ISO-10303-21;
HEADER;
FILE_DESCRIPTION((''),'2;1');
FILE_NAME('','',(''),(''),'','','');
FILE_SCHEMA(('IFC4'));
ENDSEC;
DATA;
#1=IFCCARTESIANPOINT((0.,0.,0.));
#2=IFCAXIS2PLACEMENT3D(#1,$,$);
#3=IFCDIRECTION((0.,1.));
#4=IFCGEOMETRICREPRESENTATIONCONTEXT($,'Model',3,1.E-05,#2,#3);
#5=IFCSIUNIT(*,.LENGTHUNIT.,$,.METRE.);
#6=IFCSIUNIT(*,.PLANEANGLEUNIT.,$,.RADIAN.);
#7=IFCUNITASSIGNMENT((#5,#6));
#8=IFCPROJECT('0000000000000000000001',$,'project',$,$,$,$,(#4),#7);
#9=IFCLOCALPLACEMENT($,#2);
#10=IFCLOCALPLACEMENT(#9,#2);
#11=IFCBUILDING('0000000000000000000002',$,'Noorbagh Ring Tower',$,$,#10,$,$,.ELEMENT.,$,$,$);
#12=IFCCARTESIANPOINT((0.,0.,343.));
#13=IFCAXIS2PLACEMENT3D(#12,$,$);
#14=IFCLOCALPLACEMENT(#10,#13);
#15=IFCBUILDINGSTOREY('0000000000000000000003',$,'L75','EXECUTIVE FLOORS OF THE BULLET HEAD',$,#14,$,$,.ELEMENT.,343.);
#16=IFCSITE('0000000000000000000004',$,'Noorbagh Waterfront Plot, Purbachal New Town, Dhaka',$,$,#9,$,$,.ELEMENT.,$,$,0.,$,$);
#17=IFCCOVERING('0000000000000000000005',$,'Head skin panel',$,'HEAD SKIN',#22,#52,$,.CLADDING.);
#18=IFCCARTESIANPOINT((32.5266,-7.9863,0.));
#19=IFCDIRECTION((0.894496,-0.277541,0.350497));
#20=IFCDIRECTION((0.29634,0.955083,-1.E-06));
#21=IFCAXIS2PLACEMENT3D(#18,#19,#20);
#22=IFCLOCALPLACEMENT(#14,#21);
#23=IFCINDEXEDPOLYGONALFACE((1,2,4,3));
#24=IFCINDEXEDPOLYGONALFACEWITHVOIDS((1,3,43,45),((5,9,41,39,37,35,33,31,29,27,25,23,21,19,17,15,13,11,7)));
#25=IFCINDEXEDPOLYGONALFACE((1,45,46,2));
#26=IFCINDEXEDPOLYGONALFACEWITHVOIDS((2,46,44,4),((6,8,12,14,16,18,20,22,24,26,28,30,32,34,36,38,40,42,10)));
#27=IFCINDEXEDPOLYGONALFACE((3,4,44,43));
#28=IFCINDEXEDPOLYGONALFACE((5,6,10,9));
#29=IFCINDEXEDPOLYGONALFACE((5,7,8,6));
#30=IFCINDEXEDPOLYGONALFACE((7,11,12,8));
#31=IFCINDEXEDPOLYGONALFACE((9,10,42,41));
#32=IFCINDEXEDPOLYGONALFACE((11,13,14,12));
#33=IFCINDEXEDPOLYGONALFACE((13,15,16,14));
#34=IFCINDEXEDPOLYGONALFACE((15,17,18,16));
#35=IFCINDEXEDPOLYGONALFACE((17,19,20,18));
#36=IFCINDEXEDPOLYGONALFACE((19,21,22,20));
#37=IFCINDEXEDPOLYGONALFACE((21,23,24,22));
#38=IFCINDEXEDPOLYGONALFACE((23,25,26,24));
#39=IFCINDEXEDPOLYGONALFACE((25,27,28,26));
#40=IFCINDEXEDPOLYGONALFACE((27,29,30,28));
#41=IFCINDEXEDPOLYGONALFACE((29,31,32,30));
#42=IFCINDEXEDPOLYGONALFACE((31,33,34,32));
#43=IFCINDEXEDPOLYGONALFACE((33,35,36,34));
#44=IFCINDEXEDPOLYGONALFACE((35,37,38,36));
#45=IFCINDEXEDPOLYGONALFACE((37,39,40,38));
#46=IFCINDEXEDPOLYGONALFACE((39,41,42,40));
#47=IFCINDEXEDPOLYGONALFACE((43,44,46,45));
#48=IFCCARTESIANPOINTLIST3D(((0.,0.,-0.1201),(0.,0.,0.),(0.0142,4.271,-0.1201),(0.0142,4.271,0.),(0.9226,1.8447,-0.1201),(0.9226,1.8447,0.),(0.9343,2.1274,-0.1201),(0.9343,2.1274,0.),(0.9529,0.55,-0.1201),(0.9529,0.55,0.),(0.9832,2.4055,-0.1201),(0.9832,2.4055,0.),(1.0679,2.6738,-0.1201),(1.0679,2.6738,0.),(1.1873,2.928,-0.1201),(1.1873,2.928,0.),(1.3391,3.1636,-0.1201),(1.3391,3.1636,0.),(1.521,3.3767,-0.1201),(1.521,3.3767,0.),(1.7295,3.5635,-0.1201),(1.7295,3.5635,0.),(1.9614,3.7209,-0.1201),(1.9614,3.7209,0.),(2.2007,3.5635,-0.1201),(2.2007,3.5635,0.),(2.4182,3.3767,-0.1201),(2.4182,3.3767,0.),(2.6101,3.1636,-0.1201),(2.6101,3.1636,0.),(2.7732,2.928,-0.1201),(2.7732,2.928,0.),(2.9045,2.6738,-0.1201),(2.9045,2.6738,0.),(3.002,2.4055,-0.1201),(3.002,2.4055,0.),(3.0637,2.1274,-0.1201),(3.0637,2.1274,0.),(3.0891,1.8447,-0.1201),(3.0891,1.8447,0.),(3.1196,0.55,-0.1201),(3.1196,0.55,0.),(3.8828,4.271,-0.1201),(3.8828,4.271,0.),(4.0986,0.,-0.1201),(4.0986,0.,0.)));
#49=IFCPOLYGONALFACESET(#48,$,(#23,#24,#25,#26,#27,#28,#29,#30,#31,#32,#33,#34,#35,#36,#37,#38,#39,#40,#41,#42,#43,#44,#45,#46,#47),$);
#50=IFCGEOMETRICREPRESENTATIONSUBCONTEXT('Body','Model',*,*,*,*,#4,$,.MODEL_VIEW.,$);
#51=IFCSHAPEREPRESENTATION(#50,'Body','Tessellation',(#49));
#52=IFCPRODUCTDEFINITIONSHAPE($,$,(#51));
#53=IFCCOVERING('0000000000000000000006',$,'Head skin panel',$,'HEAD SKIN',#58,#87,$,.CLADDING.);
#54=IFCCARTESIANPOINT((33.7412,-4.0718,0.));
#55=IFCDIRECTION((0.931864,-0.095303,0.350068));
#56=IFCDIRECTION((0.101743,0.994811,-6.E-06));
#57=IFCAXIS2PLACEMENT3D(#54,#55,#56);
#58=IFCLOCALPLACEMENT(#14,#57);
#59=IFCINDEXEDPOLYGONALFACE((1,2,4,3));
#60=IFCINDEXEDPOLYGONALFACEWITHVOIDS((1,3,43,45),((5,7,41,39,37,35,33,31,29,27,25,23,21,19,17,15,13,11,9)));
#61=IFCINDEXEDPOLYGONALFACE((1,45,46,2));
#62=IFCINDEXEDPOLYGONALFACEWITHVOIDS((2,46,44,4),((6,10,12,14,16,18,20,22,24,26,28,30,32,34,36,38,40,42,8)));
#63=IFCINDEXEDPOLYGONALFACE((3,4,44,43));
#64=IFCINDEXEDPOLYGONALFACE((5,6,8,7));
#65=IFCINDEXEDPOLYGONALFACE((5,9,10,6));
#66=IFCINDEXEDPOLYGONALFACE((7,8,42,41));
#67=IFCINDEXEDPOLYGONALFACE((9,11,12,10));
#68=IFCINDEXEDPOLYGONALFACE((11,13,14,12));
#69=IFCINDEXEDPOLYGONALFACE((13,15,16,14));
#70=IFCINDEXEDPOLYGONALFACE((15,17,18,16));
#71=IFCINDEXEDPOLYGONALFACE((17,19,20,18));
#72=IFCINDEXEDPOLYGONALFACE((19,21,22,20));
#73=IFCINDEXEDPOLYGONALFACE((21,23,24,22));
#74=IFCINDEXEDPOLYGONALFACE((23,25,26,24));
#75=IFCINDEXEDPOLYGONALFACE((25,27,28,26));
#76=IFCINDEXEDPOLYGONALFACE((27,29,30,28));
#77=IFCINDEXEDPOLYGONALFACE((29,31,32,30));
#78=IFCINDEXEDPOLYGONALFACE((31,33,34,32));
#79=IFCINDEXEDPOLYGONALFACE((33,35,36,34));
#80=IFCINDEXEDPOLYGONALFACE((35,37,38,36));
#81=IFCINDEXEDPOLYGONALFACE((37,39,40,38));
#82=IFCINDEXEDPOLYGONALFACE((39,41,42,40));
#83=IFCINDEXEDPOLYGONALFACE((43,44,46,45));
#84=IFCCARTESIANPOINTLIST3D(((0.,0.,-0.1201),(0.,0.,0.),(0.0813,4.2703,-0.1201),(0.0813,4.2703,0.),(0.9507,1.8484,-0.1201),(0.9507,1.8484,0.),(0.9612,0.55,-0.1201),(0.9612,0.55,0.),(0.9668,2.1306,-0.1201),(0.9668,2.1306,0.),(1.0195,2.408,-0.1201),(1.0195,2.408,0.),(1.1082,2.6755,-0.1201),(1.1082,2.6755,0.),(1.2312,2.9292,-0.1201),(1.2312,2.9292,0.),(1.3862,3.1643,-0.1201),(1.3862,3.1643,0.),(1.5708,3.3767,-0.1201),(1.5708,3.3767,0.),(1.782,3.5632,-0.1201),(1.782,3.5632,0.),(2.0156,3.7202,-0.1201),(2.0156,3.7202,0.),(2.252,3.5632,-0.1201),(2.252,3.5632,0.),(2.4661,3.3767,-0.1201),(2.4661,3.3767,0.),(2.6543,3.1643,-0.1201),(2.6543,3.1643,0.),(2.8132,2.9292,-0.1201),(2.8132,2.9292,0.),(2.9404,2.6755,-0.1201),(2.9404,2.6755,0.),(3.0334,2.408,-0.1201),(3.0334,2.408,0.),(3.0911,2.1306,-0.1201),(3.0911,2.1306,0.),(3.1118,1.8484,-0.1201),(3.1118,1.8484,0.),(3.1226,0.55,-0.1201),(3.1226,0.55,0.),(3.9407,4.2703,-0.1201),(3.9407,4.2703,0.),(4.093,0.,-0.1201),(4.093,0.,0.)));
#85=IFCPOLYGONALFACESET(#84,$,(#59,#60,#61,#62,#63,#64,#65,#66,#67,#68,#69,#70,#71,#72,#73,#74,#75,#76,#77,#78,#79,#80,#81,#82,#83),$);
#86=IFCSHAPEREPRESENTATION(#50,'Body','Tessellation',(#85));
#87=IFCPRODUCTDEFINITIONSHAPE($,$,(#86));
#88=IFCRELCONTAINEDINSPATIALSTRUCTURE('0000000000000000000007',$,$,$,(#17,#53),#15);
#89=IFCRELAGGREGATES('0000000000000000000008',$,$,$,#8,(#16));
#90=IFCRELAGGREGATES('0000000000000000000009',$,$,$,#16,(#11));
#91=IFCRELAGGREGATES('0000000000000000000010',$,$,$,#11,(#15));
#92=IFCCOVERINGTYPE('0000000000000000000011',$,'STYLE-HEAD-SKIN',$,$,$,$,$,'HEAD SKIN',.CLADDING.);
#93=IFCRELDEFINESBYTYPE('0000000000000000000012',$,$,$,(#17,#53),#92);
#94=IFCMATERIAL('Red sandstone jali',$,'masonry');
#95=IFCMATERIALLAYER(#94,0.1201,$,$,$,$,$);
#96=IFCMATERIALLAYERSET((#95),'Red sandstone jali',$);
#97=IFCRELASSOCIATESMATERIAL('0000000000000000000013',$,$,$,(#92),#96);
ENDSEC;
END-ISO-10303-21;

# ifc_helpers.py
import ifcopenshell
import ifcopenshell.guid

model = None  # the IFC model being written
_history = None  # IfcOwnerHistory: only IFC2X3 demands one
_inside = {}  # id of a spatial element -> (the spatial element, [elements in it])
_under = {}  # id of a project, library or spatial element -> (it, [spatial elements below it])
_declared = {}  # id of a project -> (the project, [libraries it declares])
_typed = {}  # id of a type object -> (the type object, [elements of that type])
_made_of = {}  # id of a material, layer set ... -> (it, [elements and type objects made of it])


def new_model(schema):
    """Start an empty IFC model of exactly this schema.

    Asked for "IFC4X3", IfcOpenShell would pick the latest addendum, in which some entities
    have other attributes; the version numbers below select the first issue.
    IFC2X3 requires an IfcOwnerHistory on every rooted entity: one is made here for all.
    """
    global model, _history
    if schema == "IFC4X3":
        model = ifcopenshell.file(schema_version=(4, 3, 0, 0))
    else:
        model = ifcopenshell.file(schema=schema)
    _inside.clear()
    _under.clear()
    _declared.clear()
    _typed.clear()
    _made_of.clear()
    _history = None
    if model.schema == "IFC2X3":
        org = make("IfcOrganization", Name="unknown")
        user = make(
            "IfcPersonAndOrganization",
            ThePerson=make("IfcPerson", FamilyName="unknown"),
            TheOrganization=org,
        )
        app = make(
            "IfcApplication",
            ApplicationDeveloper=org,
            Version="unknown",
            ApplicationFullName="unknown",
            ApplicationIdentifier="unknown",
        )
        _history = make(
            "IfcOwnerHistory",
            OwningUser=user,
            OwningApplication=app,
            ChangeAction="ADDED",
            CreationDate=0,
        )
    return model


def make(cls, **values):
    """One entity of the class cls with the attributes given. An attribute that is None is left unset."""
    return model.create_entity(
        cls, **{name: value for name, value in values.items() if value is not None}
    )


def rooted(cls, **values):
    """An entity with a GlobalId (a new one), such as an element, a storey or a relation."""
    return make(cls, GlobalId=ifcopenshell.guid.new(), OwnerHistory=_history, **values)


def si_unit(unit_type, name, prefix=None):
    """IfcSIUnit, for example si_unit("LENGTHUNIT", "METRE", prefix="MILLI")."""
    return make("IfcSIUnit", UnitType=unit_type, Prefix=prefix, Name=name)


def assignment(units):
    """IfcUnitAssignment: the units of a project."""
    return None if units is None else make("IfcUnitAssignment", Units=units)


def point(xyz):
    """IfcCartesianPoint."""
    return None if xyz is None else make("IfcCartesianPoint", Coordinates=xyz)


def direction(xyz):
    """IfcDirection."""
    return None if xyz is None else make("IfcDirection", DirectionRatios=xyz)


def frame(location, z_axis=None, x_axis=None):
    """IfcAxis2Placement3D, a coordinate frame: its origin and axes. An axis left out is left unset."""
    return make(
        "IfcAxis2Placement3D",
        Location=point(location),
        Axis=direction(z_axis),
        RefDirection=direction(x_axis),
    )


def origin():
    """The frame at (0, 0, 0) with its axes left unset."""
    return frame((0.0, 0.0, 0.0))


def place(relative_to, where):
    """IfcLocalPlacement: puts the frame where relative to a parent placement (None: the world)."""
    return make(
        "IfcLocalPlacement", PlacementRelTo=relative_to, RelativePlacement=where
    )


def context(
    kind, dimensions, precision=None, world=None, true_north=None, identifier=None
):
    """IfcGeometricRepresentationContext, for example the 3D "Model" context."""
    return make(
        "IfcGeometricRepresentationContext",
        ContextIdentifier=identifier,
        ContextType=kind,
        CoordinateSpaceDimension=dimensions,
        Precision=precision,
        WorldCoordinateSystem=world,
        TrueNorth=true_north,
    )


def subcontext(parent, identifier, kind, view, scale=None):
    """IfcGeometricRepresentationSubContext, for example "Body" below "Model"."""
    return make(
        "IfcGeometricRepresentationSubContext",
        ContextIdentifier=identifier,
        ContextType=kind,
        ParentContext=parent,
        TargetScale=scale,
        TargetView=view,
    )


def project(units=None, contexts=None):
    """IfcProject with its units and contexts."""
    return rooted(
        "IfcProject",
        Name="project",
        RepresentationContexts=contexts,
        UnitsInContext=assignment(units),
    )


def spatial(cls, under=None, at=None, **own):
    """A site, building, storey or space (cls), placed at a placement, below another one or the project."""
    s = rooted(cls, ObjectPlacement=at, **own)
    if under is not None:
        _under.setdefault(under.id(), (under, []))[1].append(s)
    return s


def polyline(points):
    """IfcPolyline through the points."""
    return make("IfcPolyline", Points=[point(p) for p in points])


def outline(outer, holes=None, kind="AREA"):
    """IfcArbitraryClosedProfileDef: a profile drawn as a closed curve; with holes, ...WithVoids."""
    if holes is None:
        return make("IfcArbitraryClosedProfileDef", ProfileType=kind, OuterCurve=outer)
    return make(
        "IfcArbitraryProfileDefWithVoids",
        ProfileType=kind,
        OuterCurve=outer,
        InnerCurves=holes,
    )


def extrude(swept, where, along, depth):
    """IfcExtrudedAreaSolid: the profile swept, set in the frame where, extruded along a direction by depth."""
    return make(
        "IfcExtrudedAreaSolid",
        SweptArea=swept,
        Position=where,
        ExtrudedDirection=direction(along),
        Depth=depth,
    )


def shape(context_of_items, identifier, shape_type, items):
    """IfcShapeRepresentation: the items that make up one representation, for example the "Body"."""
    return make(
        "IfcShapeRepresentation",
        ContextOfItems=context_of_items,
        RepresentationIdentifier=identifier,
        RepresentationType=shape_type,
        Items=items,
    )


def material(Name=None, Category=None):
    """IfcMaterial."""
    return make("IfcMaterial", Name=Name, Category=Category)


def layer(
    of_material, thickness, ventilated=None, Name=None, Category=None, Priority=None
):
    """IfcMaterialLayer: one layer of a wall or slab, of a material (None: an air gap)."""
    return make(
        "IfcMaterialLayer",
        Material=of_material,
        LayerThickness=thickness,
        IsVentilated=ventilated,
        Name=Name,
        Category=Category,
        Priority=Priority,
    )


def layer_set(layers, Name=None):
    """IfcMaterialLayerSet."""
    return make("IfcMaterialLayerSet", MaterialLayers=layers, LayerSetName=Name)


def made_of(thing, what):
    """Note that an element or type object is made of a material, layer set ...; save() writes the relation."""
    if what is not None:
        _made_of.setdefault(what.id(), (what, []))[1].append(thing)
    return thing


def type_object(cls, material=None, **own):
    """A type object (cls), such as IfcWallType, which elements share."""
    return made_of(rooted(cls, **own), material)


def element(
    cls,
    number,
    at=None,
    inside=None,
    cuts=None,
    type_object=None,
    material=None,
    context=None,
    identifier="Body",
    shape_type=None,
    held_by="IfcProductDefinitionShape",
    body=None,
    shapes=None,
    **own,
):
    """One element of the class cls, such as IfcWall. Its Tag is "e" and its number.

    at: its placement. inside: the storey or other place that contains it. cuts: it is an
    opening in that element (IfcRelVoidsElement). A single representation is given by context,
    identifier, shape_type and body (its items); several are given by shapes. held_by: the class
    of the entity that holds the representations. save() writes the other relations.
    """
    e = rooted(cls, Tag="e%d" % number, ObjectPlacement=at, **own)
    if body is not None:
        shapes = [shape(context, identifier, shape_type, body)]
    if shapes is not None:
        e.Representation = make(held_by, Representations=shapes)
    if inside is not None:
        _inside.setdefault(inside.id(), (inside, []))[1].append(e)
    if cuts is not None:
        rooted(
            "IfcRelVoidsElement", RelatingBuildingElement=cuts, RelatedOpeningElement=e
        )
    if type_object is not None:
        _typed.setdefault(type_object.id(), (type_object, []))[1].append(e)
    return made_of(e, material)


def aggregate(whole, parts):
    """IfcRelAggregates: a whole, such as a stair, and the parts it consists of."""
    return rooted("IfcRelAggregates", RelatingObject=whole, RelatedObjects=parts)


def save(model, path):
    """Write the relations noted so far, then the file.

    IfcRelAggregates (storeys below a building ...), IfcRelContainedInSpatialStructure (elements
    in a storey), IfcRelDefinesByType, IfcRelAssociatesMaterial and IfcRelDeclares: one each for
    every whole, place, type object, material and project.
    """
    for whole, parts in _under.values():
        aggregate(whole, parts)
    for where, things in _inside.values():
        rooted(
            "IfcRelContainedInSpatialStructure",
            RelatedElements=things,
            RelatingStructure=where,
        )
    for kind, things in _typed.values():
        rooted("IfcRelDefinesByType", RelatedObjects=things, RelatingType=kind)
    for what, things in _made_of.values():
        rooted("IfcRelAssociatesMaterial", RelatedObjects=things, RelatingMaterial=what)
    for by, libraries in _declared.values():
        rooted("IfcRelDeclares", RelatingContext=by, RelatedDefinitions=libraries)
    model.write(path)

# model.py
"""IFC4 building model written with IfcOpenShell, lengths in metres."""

from ifc_helpers import new_model, si_unit, direction, frame, origin, place, context, subcontext, project, spatial, polyline, outline, extrude, material, layer, layer_set, type_object, element, save


model = new_model("IFC4")

# Units and contexts
model_context = context("Model", 3, precision=1e-05, world=origin(), true_north=direction((0.0, 1.0)))
body_context = subcontext(model_context, "Body", "Model", "MODEL_VIEW")
ifc_project = project(units=[si_unit("LENGTHUNIT", "METRE"), si_unit("PLANEANGLEUNIT", "RADIAN")], contexts=[model_context])

# Site, building, storey
site_placement = place(None, origin())
site = spatial("IfcSite", under=ifc_project, at=site_placement, Name="Noorbagh Waterfront Plot, Purbachal New Town, Dhaka", CompositionType="ELEMENT", RefElevation=0.0)
building_placement = place(site_placement, origin())
building = spatial("IfcBuilding", under=site, at=building_placement, Name="Noorbagh Ring Tower", CompositionType="ELEMENT")
storey_placement = place(building_placement, frame((0.0, 0.0, 343.0)))
storey = spatial("IfcBuildingStorey", under=building, at=storey_placement, Name="L75", Description="EXECUTIVE FLOORS OF THE BULLET HEAD", CompositionType="ELEMENT", Elevation=343.0)

# Coverings
ifc_material_1 = material(Name="Red sandstone jali", Category="masonry")
ifc_layer_1 = layer(ifc_material_1, 0.1201)
ifc_layer_set_1 = layer_set([ifc_layer_1], Name="Red sandstone jali")
covering_type_1 = type_object("IfcCoveringType", Name="STYLE-HEAD-SKIN", ElementType="HEAD SKIN", PredefinedType="CLADDING", material=ifc_layer_set_1)
covering_1_placement = place(storey_placement, frame((32.5266, -7.9863, 0.0), z_axis=(0.894496, -0.277541, 0.350497), x_axis=(0.29634, 0.955083, -0.000001)))
element("IfcCovering", 1, at=covering_1_placement, inside=storey, type_object=covering_type_1, Name="Head skin panel", ObjectType="HEAD SKIN", PredefinedType="CLADDING", context=body_context, shape_type="SweptSolid", body=[
    extrude(outline(polyline([(0.0, 0.0), (4.0986, 0.0), (3.8828, 4.271), (0.0142, 4.271), (0.0, 0.0)]), holes=[polyline([(0.9529, 0.55), (0.9226, 1.8447), (0.9343, 2.1274), (0.9832, 2.4055), (1.0679, 2.6738), (1.1873, 2.928), (1.3391, 3.1636), (1.521, 3.3767), (1.7295, 3.5635), (1.9614, 3.7209), (2.2007, 3.5635), (2.4182, 3.3767), (2.6101, 3.1636), (2.7732, 2.928), (2.9045, 2.6738), (3.002, 2.4055), (3.0637, 2.1274), (3.0891, 1.8447), (3.1196, 0.55), (0.9529, 0.55)])]), origin(), (0.0, 0.0, -1.0), 0.1201),
])
covering_2_placement = place(storey_placement, frame((33.7412, -4.0718, 0.0), z_axis=(0.931864, -0.095303, 0.350068), x_axis=(0.101743, 0.994811, -0.000006)))
element("IfcCovering", 2, at=covering_2_placement, inside=storey, type_object=covering_type_1, Name="Head skin panel", ObjectType="HEAD SKIN", PredefinedType="CLADDING", context=body_context, shape_type="SweptSolid", body=[
    extrude(outline(polyline([(0.0, 0.0), (4.093, 0.0), (3.9407, 4.2703), (0.0813, 4.2703), (0.0, 0.0)]), holes=[polyline([(0.9612, 0.55), (0.9507, 1.8484), (0.9668, 2.1306), (1.0195, 2.408), (1.1082, 2.6755), (1.2312, 2.9292), (1.3862, 3.1643), (1.5708, 3.3767), (1.782, 3.5632), (2.0156, 3.7202), (2.252, 3.5632), (2.4661, 3.3767), (2.6543, 3.1643), (2.8132, 2.9292), (2.9404, 2.6755), (3.0334, 2.408), (3.0911, 2.1306), (3.1118, 1.8484), (3.1226, 0.55), (0.9612, 0.55)])]), origin(), (0.0, 0.0, -1.0), 0.1201),
])

save(model, "model.ifc")
